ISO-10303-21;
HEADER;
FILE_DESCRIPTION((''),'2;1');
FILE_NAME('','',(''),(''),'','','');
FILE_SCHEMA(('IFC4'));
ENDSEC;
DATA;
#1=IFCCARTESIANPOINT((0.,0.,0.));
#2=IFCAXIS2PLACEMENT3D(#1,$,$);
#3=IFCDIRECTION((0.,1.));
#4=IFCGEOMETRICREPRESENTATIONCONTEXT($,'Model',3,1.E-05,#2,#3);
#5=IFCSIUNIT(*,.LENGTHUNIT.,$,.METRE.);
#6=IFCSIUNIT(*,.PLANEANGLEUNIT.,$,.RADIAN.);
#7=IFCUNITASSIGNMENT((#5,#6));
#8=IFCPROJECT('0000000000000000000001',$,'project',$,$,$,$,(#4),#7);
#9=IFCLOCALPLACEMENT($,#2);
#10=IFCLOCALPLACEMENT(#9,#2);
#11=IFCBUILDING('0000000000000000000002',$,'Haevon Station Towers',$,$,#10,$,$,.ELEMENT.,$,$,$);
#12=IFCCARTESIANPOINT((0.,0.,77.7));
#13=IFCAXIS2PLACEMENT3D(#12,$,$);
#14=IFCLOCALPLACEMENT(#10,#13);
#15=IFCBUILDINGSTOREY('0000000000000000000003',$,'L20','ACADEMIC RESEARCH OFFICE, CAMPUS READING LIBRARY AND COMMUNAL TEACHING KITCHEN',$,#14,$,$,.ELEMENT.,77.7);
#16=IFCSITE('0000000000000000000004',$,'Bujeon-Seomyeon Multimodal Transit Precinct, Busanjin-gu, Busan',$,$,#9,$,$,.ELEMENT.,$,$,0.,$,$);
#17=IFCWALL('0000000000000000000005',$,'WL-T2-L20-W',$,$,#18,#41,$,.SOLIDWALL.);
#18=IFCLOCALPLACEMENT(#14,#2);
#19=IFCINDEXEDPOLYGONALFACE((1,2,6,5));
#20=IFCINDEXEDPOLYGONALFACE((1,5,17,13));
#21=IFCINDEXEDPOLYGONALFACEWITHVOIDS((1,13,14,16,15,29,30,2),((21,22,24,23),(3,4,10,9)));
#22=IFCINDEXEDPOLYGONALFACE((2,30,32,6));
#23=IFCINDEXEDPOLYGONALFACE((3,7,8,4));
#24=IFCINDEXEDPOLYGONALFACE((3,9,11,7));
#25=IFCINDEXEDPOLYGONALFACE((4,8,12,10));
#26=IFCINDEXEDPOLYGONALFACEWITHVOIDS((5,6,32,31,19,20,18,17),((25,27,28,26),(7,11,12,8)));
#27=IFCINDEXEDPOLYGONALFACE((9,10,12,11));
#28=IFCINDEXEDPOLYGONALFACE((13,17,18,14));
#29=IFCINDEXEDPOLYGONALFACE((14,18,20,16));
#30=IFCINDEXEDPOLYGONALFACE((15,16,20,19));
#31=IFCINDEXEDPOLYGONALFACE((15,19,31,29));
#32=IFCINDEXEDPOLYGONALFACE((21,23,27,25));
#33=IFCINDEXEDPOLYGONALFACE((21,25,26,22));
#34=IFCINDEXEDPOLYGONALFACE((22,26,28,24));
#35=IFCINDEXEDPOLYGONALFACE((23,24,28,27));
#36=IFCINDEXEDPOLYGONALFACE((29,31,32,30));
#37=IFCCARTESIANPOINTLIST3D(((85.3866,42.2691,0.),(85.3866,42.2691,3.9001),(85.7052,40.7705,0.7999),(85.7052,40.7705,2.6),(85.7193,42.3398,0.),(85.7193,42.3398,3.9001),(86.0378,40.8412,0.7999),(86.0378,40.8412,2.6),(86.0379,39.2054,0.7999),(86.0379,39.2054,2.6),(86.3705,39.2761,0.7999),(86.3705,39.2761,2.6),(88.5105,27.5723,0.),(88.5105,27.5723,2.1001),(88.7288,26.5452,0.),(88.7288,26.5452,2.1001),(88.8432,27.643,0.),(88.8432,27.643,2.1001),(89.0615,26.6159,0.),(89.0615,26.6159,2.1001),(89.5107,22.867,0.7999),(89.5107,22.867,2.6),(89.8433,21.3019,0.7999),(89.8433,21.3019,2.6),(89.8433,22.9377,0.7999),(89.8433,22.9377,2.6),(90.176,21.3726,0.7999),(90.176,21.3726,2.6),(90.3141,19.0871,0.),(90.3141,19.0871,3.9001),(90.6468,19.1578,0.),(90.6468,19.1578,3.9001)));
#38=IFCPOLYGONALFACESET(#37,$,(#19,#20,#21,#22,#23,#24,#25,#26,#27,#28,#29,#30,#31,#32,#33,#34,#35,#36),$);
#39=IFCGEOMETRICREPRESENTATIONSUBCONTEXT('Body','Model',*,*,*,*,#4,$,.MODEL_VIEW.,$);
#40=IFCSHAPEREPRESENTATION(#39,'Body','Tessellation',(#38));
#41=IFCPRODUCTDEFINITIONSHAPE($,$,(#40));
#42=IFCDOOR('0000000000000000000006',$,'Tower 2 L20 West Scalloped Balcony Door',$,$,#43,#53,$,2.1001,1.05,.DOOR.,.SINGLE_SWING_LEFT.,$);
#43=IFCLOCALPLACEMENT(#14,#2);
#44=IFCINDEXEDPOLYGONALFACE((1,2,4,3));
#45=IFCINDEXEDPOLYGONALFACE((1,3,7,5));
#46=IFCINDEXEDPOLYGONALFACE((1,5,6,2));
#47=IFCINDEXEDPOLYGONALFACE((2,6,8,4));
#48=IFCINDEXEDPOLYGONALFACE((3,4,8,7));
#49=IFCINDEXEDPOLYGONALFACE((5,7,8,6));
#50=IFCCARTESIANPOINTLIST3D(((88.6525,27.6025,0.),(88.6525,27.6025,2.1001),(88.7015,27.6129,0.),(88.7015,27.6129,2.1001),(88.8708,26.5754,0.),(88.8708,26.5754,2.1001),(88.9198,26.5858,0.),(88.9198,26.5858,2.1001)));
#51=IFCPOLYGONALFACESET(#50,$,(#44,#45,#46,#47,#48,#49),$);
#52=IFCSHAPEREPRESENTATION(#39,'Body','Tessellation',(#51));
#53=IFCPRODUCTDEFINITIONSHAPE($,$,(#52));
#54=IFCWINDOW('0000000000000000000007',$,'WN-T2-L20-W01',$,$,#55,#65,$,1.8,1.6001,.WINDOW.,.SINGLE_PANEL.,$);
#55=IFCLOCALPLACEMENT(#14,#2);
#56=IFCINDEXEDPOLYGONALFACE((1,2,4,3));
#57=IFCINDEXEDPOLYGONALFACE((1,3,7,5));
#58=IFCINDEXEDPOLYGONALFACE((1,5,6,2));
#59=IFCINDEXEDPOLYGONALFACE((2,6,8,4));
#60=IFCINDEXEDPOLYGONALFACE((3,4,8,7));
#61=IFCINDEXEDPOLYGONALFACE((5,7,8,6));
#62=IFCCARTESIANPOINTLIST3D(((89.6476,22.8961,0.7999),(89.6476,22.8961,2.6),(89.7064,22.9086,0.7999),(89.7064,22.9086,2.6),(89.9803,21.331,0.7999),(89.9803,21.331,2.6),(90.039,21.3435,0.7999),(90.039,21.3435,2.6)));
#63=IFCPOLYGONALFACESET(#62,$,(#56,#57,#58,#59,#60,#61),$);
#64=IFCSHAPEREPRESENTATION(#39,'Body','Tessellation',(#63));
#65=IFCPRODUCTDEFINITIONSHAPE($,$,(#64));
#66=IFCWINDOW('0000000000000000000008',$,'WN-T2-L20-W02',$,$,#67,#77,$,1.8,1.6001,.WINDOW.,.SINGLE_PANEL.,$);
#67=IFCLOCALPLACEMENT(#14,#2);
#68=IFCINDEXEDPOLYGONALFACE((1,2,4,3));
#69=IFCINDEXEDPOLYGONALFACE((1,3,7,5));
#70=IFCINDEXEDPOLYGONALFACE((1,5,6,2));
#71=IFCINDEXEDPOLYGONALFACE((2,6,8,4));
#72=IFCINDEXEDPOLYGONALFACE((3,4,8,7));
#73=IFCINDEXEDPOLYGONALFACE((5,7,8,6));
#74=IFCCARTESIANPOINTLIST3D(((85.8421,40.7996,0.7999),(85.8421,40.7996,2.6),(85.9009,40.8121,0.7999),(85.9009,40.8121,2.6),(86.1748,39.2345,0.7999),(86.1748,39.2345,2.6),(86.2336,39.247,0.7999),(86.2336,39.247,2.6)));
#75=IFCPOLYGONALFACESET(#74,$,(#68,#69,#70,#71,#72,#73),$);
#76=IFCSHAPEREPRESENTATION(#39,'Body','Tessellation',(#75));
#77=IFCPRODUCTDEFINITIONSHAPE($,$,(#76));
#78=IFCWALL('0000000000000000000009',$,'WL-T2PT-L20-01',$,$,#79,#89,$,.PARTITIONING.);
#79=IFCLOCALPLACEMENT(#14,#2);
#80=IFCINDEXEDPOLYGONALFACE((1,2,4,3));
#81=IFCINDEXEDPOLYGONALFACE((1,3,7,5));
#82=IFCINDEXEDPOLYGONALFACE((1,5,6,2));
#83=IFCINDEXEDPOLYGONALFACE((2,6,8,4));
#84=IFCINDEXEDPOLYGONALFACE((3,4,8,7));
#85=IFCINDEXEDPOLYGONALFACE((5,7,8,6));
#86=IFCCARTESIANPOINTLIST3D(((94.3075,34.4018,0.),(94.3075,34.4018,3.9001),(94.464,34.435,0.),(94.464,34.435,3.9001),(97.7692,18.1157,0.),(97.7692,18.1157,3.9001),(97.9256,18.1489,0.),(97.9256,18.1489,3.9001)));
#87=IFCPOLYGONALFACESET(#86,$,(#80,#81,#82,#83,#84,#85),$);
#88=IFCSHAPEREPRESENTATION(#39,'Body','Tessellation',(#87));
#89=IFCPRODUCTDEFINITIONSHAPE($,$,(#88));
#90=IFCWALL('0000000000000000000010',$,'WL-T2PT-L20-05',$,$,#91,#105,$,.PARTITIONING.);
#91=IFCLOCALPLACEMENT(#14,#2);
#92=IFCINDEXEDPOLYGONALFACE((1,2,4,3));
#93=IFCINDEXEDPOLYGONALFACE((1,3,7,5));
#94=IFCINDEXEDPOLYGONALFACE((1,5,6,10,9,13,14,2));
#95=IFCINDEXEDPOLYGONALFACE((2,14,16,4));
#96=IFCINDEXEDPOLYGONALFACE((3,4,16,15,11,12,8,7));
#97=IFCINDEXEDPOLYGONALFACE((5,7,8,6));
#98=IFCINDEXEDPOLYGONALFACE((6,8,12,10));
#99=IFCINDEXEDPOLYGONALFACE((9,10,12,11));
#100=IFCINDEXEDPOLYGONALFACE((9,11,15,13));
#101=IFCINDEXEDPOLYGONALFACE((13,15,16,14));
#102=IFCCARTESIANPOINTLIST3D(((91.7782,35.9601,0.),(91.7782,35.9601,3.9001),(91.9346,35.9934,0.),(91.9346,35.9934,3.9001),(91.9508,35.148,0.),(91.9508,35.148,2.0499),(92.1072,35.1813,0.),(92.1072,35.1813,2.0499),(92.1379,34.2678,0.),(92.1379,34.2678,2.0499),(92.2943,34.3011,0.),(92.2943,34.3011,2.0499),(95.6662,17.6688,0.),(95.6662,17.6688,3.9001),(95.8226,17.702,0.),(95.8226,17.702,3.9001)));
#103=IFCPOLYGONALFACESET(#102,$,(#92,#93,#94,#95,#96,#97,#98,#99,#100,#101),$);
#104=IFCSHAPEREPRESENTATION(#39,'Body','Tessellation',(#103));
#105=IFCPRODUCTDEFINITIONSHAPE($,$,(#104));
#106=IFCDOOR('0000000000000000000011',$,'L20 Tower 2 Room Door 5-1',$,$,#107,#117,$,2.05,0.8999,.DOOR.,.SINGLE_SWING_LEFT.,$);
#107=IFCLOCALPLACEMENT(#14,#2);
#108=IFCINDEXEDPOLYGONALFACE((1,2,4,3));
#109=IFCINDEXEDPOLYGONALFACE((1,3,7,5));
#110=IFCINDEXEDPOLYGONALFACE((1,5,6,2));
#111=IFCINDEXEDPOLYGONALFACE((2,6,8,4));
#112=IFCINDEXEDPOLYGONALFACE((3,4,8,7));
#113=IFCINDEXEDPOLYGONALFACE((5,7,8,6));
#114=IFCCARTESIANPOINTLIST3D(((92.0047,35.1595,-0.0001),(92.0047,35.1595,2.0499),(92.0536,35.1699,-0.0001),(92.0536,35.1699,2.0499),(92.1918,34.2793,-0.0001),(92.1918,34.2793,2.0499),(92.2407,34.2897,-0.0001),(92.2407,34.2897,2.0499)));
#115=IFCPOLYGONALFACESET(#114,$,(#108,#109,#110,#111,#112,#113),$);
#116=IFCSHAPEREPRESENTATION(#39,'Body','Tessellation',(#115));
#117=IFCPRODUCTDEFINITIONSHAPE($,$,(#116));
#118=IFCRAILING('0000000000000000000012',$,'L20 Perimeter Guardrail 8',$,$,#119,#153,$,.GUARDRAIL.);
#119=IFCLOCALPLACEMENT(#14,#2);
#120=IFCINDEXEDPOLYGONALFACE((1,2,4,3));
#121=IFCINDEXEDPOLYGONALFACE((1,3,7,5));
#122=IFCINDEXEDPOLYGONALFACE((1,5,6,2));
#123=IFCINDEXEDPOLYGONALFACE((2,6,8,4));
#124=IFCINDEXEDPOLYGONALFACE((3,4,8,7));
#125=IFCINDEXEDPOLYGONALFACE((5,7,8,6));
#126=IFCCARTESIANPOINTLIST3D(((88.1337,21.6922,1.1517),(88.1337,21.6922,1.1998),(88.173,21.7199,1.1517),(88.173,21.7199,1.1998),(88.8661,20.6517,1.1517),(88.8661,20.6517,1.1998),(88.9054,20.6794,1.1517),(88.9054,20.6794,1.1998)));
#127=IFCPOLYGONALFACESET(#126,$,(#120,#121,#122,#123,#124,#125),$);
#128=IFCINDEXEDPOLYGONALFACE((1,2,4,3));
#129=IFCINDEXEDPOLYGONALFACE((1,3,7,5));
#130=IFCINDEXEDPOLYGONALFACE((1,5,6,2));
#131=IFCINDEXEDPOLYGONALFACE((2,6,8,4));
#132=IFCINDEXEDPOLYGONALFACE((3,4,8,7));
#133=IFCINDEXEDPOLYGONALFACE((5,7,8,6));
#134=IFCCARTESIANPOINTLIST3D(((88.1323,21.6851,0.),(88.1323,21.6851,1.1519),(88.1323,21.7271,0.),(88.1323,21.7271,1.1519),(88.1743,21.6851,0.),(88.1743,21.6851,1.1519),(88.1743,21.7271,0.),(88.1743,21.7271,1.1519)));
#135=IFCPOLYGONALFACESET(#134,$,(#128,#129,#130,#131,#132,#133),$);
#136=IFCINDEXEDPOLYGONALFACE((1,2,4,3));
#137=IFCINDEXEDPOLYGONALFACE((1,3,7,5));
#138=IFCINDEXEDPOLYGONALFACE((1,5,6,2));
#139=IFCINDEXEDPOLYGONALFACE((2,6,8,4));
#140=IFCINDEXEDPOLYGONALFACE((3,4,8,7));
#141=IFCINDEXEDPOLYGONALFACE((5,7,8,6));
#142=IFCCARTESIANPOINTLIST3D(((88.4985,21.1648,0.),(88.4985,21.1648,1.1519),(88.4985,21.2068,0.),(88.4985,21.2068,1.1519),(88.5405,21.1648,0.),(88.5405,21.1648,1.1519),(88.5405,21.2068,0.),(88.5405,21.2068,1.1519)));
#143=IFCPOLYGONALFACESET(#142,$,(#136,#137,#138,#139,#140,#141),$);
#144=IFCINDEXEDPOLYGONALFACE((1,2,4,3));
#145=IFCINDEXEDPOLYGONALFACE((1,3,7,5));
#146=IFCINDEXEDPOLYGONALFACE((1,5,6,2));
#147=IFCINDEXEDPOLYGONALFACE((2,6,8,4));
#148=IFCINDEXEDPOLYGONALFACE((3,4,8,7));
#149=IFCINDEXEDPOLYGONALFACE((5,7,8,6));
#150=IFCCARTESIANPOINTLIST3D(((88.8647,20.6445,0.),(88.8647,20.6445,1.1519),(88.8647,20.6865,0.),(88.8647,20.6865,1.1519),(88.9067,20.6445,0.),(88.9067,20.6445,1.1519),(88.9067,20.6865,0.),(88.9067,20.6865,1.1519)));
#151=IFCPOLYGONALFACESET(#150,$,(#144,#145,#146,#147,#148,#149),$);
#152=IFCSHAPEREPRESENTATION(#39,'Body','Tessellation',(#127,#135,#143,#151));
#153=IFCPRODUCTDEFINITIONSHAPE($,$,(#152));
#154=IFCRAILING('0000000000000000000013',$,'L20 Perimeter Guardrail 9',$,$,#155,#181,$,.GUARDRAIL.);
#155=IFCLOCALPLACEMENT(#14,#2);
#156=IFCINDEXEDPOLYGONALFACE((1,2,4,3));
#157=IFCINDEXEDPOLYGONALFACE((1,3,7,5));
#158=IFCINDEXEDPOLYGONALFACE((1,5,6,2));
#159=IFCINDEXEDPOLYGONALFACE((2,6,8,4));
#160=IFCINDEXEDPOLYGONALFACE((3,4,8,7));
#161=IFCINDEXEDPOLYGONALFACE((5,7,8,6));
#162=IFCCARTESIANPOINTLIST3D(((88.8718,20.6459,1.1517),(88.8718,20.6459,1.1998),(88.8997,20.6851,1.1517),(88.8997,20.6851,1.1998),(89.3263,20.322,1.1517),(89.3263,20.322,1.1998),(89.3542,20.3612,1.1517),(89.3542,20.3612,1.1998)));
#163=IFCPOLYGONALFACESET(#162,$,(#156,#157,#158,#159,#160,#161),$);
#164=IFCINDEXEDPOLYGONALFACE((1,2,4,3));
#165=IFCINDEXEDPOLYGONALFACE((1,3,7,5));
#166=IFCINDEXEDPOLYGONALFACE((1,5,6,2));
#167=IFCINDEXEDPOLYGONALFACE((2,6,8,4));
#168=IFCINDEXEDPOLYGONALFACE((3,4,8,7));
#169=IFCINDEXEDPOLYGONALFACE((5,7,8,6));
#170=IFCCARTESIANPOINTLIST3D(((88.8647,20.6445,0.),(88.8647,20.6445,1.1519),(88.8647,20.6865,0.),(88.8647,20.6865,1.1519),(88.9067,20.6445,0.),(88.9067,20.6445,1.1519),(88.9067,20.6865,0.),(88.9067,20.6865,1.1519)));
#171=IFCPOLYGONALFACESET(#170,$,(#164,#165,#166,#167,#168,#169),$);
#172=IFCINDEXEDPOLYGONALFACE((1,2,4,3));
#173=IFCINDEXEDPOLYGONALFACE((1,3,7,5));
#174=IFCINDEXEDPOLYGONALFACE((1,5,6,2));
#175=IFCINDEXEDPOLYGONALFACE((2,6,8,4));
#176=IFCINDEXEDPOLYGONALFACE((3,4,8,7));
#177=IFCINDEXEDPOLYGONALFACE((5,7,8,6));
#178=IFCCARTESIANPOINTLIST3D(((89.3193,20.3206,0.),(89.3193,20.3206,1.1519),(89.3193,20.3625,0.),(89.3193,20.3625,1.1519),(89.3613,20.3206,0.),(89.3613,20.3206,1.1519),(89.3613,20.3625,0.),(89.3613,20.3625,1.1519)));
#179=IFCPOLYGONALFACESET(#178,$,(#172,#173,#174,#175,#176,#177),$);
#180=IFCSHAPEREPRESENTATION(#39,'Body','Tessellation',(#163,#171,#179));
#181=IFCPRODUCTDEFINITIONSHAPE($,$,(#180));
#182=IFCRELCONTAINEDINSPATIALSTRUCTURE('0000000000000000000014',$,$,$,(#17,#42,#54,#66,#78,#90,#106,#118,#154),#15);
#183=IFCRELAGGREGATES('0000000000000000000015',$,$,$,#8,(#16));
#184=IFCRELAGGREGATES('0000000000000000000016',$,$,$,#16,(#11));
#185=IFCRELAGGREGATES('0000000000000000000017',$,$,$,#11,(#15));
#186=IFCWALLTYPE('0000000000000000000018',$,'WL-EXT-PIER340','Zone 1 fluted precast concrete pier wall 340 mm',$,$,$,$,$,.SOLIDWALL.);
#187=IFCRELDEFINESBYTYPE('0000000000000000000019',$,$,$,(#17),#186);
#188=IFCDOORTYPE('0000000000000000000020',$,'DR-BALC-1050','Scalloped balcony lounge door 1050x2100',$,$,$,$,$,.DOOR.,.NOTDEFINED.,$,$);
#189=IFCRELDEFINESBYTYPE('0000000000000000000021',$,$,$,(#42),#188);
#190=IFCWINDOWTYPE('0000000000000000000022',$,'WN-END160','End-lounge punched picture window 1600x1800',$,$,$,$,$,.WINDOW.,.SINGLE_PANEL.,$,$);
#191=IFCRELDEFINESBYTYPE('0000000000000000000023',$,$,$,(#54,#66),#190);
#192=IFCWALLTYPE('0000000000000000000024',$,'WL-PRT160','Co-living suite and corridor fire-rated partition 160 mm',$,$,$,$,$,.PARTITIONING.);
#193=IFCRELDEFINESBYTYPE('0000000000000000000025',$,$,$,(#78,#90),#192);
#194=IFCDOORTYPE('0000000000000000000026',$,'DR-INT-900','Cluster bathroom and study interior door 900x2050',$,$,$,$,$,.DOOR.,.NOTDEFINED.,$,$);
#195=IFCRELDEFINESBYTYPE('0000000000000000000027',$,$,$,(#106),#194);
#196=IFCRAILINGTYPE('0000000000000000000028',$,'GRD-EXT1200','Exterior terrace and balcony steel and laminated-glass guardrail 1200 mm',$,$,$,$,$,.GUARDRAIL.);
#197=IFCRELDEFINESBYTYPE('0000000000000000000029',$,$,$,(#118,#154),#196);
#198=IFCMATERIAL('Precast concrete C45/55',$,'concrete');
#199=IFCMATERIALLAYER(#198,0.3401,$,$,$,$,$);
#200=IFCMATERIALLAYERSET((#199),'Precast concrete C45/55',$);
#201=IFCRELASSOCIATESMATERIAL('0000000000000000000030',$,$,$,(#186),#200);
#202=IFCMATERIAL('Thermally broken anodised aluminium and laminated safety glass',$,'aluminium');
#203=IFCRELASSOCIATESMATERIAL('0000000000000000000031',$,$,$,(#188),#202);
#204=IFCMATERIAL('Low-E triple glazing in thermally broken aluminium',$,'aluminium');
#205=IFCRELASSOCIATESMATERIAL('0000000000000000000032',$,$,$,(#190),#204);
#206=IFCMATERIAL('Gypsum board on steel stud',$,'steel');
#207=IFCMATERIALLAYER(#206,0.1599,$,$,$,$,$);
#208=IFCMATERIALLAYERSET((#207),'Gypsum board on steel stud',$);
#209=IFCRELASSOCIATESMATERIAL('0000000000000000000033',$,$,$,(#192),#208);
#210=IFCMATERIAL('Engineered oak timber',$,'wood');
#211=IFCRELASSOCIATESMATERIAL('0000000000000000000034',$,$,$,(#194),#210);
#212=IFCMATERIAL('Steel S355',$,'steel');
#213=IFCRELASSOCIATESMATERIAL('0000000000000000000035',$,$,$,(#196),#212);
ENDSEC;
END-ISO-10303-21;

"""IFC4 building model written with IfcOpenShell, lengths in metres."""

from ifc_helpers import new_model, si_unit, direction, frame, frame_2d, origin, origin_2d, place, context, subcontext, project, spatial, rectangle, extrude, material, layer, layer_set, type_object, element, fill, save


model = new_model("IFC4")

# Units and contexts
model_context = context("Model", 3, precision=1e-05, world=origin(), true_north=direction((0.0, 1.0)))
body_context = subcontext(model_context, "Body", "Model", "MODEL_VIEW")
ifc_project = project(units=[si_unit("LENGTHUNIT", "METRE"), si_unit("PLANEANGLEUNIT", "RADIAN")], contexts=[model_context])

# Site, building, storey
site_placement = place(None, origin())
site = spatial("IfcSite", under=ifc_project, at=site_placement, Name="Bujeon-Seomyeon Multimodal Transit Precinct, Busanjin-gu, Busan", CompositionType="ELEMENT", RefElevation=0.0)
building_placement = place(site_placement, origin())
building = spatial("IfcBuilding", under=site, at=building_placement, Name="Haevon Station Towers", CompositionType="ELEMENT")
storey_placement = place(building_placement, frame((0.0, 0.0, 77.7)))
storey = spatial("IfcBuildingStorey", under=building, at=storey_placement, Name="L20", Description="ACADEMIC RESEARCH OFFICE, CAMPUS READING LIBRARY AND COMMUNAL TEACHING KITCHEN", CompositionType="ELEMENT", Elevation=77.7)

# Shared definitions
ifc_material_1 = material(Name="Steel S355", Category="steel")

# Shared definitions
ifc_material_2 = material(Name="Precast concrete C45/55", Category="concrete")
ifc_layer_1 = layer(ifc_material_2, 0.3401)
ifc_layer_set_1 = layer_set([ifc_layer_1], Name="Precast concrete C45/55")
wall_type_1 = type_object("IfcWallType", Name="WL-EXT-PIER340", Description="Zone 1 fluted precast concrete pier wall 340 mm", PredefinedType="SOLIDWALL", material=ifc_layer_set_1)

# Wall, openings, door, windows
wall_1_placement = place(storey_placement, frame((90.4805, 19.1223, 0.0), z_axis=(0.0, 0.0, 1.0), x_axis=(-0.207911, 0.978148, 0.0)))
wall_1 = element("IfcWall", 1, at=wall_1_placement, inside=storey, type_object=wall_type_1, Name="WL-T2-L20-W", PredefinedType="SOLIDWALL", context=body_context, shape_type="SweptSolid", body=[
    extrude(rectangle(XDim=23.7, YDim=0.3401, at=frame_2d((11.8501, 0.0))), origin(), (0.0, 0.0, 1.0), 3.9001),
])
opening_1_placement = place(wall_1_placement, frame((7.625, 0.0, 0.0)))
opening_1 = element("IfcOpeningElement", 2, at=opening_1_placement, cuts=wall_1, PredefinedType="OPENING", context=body_context, shape_type="SweptSolid", body=[
    extrude(rectangle(XDim=1.05, YDim=2.1001, at=frame_2d((0.5249, 1.05))), frame((0.0, 0.1799, 0.0), z_axis=(0.0, -1.0, 0.0), x_axis=(1.0, 0.0, 0.0)), (0.0, 0.0, 1.0), 0.3601),
])
opening_2_placement = place(wall_1_placement, frame((2.2644, 0.0, 0.8)))
opening_2 = element("IfcOpeningElement", 3, at=opening_2_placement, cuts=wall_1, PredefinedType="OPENING", context=body_context, shape_type="SweptSolid", body=[
    extrude(rectangle(XDim=1.6001, YDim=1.8, at=frame_2d((0.8, 0.8999))), frame((0.0, 0.1799, 0.0), z_axis=(0.0, -1.0, 0.0), x_axis=(1.0, 0.0, 0.0)), (0.0, 0.0, 1.0), 0.3601),
])
opening_3_placement = place(wall_1_placement, frame((20.5679, 0.0, 0.8)))
opening_3 = element("IfcOpeningElement", 4, at=opening_3_placement, cuts=wall_1, PredefinedType="OPENING", context=body_context, shape_type="SweptSolid", body=[
    extrude(rectangle(XDim=1.6001, YDim=1.8, at=frame_2d((0.8, 0.8999))), frame((0.0, 0.1799, 0.0), z_axis=(0.0, -1.0, 0.0), x_axis=(1.0, 0.0, 0.0)), (0.0, 0.0, 1.0), 0.3601),
])
ifc_material_3 = material(Name="Thermally broken anodised aluminium and laminated safety glass", Category="aluminium")
door_type_1 = type_object("IfcDoorType", Name="DR-BALC-1050", Description="Scalloped balcony lounge door 1050x2100", OperationType="NOTDEFINED", PredefinedType="DOOR", material=ifc_material_3)
door_1_placement = place(opening_1_placement, origin())
door_1 = element("IfcDoor", 5, at=door_1_placement, inside=storey, type_object=door_type_1, Name="Tower 2 L20 West Scalloped Balcony Door", OperationType="SINGLE_SWING_LEFT", OverallHeight=2.1001, OverallWidth=1.05, PredefinedType="DOOR", context=body_context, shape_type="SweptSolid", body=[
    extrude(rectangle(XDim=1.05, YDim=2.1001, at=frame_2d((0.5249, 1.05))), frame((0.0, 0.0249, 0.0), z_axis=(0.0, -1.0, 0.0), x_axis=(1.0, 0.0, 0.0)), (0.0, 0.0, 1.0), 0.05),
])
fill(opening_1, door_1)
ifc_material_4 = material(Name="Low-E triple glazing in thermally broken aluminium", Category="aluminium")
window_type = type_object("IfcWindowType", Name="WN-END160", Description="End-lounge punched picture window 1600x1800", PartitioningType="SINGLE_PANEL", PredefinedType="WINDOW", material=ifc_material_4)
window_1_placement = place(opening_2_placement, origin())
window_1 = element("IfcWindow", 6, at=window_1_placement, inside=storey, type_object=window_type, Name="WN-T2-L20-W01", OverallHeight=1.8, OverallWidth=1.6001, PartitioningType="SINGLE_PANEL", PredefinedType="WINDOW", context=body_context, shape_type="SweptSolid", body=[
    extrude(rectangle(XDim=1.6001, YDim=1.8, at=frame_2d((0.8, 0.8999))), frame((0.0, 0.03, 0.0), z_axis=(0.0, -1.0, 0.0), x_axis=(1.0, 0.0, 0.0)), (0.0, 0.0, 1.0), 0.0601),
])
fill(opening_2, window_1)
window_2_placement = place(opening_3_placement, origin())
window_2 = element("IfcWindow", 7, at=window_2_placement, inside=storey, type_object=window_type, Name="WN-T2-L20-W02", OverallHeight=1.8, OverallWidth=1.6001, PartitioningType="SINGLE_PANEL", PredefinedType="WINDOW", context=body_context, shape_type="SweptSolid", body=[
    extrude(rectangle(XDim=1.6001, YDim=1.8, at=frame_2d((0.8, 0.8999))), frame((0.0, 0.03, 0.0), z_axis=(0.0, -1.0, 0.0), x_axis=(1.0, 0.0, 0.0)), (0.0, 0.0, 1.0), 0.0601),
])
fill(opening_3, window_2)

# Wall
ifc_material_5 = material(Name="Gypsum board on steel stud", Category="steel")
ifc_layer_2 = layer(ifc_material_5, 0.1599)
ifc_layer_set_2 = layer_set([ifc_layer_2], Name="Gypsum board on steel stud")
wall_type_2 = type_object("IfcWallType", Name="WL-PRT160", Description="Co-living suite and corridor fire-rated partition 160 mm", PredefinedType="PARTITIONING", material=ifc_layer_set_2)
wall_2_placement = place(storey_placement, frame((97.8474, 18.1323, 0.0), z_axis=(0.0, 0.0, 1.0), x_axis=(-0.207909, 0.978148, 0.0)))
element("IfcWall", 8, at=wall_2_placement, inside=storey, type_object=wall_type_2, Name="WL-T2PT-L20-01", PredefinedType="PARTITIONING", context=body_context, shape_type="SweptSolid", body=[
    extrude(rectangle(XDim=16.6499, YDim=0.1599, at=frame_2d((8.325, 0.0))), origin(), (0.0, 0.0, 1.0), 3.9001),
])

# Wall, opening, door
wall_3_placement = place(storey_placement, frame((95.7444, 17.6853, 0.0), z_axis=(0.0, 0.0, 1.0), x_axis=(-0.207912, 0.978147, 0.0)))
wall_3 = element("IfcWall", 9, at=wall_3_placement, inside=storey, type_object=wall_type_2, Name="WL-T2PT-L20-05", PredefinedType="PARTITIONING", context=body_context, shape_type="SweptSolid", body=[
    extrude(rectangle(XDim=18.7, YDim=0.1599, at=frame_2d((9.3501, 0.0))), origin(), (0.0, 0.0, 1.0), 3.9001),
])
opening_4_placement = place(wall_3_placement, frame((16.97, 0.0, 0.0)))
opening_4 = element("IfcOpeningElement", 10, at=opening_4_placement, cuts=wall_3, PredefinedType="OPENING", context=body_context, shape_type="SweptSolid", body=[
    extrude(rectangle(XDim=0.8999, YDim=2.05, at=frame_2d((0.45, 1.0249))), frame((0.0, 0.0898, 0.0), z_axis=(0.0, -1.0, 0.0), x_axis=(1.0, 0.0, 0.0)), (0.0, 0.0, 1.0), 0.1799),
])
ifc_material_6 = material(Name="Engineered oak timber", Category="wood")
door_type_2 = type_object("IfcDoorType", Name="DR-INT-900", Description="Cluster bathroom and study interior door 900x2050", OperationType="NOTDEFINED", PredefinedType="DOOR", material=ifc_material_6)
door_2_placement = place(opening_4_placement, origin())
door_2 = element("IfcDoor", 11, at=door_2_placement, inside=storey, type_object=door_type_2, Name="L20 Tower 2 Room Door 5-1", OperationType="SINGLE_SWING_LEFT", OverallHeight=2.05, OverallWidth=0.8999, PredefinedType="DOOR", context=body_context, shape_type="SweptSolid", body=[
    extrude(rectangle(XDim=0.8999, YDim=2.05, at=frame_2d((0.45, 1.0249))), frame((0.0, 0.0249, 0.0), z_axis=(0.0, -1.0, 0.0), x_axis=(1.0, 0.0, 0.0)), (0.0, 0.0, 1.0), 0.05),
])
fill(opening_4, door_2)

# Railings
railing_type = type_object("IfcRailingType", Name="GRD-EXT1200", Description="Exterior terrace and balcony steel and laminated-glass guardrail 1200 mm", PredefinedType="GUARDRAIL", material=ifc_material_1)
railing_1_placement = place(storey_placement, frame((88.1533, 21.7061, 0.0)))
element("IfcRailing", 12, at=railing_1_placement, inside=storey, type_object=railing_type, Name="L20 Perimeter Guardrail 8", PredefinedType="GUARDRAIL", context=body_context, shape_type="SweptSolid", body=[
    extrude(rectangle(XDim=0.0481, YDim=0.0481, at=origin_2d()), frame((0.0, 0.0, 1.1758), z_axis=(0.575598, -0.817733, 0.0), x_axis=(0.817733, 0.575598, 0.0)), (0.0, 0.0, 1.0), 1.2725),
    extrude(rectangle(XDim=0.042, YDim=0.042, at=origin_2d()), origin(), (0.0, 0.0, 1.0), 1.1519),
    extrude(rectangle(XDim=0.042, YDim=0.042, at=origin_2d()), frame((0.3662, -0.5203, 0.0)), (0.0, 0.0, 1.0), 1.1519),
    extrude(rectangle(XDim=0.042, YDim=0.042, at=origin_2d()), frame((0.7324, -1.0405, 0.0)), (0.0, 0.0, 1.0), 1.1519),
])
railing_2_placement = place(storey_placement, frame((88.8857, 20.6655, 0.0)))
element("IfcRailing", 13, at=railing_2_placement, inside=storey, type_object=railing_type, Name="L20 Perimeter Guardrail 9", PredefinedType="GUARDRAIL", context=body_context, shape_type="SweptSolid", body=[
    extrude(rectangle(XDim=0.0481, YDim=0.0481, at=origin_2d()), frame((0.0, 0.0, 1.1758), z_axis=(0.814354, -0.580369, 0.0), x_axis=(0.580369, 0.814354, 0.0)), (0.0, 0.0, 1.0), 0.5581),
    extrude(rectangle(XDim=0.042, YDim=0.042, at=origin_2d()), origin(), (0.0, 0.0, 1.0), 1.1519),
    extrude(rectangle(XDim=0.042, YDim=0.042, at=origin_2d()), frame((0.4546, -0.324, 0.0)), (0.0, 0.0, 1.0), 1.1519),
])

save(model, "model.ifc")
